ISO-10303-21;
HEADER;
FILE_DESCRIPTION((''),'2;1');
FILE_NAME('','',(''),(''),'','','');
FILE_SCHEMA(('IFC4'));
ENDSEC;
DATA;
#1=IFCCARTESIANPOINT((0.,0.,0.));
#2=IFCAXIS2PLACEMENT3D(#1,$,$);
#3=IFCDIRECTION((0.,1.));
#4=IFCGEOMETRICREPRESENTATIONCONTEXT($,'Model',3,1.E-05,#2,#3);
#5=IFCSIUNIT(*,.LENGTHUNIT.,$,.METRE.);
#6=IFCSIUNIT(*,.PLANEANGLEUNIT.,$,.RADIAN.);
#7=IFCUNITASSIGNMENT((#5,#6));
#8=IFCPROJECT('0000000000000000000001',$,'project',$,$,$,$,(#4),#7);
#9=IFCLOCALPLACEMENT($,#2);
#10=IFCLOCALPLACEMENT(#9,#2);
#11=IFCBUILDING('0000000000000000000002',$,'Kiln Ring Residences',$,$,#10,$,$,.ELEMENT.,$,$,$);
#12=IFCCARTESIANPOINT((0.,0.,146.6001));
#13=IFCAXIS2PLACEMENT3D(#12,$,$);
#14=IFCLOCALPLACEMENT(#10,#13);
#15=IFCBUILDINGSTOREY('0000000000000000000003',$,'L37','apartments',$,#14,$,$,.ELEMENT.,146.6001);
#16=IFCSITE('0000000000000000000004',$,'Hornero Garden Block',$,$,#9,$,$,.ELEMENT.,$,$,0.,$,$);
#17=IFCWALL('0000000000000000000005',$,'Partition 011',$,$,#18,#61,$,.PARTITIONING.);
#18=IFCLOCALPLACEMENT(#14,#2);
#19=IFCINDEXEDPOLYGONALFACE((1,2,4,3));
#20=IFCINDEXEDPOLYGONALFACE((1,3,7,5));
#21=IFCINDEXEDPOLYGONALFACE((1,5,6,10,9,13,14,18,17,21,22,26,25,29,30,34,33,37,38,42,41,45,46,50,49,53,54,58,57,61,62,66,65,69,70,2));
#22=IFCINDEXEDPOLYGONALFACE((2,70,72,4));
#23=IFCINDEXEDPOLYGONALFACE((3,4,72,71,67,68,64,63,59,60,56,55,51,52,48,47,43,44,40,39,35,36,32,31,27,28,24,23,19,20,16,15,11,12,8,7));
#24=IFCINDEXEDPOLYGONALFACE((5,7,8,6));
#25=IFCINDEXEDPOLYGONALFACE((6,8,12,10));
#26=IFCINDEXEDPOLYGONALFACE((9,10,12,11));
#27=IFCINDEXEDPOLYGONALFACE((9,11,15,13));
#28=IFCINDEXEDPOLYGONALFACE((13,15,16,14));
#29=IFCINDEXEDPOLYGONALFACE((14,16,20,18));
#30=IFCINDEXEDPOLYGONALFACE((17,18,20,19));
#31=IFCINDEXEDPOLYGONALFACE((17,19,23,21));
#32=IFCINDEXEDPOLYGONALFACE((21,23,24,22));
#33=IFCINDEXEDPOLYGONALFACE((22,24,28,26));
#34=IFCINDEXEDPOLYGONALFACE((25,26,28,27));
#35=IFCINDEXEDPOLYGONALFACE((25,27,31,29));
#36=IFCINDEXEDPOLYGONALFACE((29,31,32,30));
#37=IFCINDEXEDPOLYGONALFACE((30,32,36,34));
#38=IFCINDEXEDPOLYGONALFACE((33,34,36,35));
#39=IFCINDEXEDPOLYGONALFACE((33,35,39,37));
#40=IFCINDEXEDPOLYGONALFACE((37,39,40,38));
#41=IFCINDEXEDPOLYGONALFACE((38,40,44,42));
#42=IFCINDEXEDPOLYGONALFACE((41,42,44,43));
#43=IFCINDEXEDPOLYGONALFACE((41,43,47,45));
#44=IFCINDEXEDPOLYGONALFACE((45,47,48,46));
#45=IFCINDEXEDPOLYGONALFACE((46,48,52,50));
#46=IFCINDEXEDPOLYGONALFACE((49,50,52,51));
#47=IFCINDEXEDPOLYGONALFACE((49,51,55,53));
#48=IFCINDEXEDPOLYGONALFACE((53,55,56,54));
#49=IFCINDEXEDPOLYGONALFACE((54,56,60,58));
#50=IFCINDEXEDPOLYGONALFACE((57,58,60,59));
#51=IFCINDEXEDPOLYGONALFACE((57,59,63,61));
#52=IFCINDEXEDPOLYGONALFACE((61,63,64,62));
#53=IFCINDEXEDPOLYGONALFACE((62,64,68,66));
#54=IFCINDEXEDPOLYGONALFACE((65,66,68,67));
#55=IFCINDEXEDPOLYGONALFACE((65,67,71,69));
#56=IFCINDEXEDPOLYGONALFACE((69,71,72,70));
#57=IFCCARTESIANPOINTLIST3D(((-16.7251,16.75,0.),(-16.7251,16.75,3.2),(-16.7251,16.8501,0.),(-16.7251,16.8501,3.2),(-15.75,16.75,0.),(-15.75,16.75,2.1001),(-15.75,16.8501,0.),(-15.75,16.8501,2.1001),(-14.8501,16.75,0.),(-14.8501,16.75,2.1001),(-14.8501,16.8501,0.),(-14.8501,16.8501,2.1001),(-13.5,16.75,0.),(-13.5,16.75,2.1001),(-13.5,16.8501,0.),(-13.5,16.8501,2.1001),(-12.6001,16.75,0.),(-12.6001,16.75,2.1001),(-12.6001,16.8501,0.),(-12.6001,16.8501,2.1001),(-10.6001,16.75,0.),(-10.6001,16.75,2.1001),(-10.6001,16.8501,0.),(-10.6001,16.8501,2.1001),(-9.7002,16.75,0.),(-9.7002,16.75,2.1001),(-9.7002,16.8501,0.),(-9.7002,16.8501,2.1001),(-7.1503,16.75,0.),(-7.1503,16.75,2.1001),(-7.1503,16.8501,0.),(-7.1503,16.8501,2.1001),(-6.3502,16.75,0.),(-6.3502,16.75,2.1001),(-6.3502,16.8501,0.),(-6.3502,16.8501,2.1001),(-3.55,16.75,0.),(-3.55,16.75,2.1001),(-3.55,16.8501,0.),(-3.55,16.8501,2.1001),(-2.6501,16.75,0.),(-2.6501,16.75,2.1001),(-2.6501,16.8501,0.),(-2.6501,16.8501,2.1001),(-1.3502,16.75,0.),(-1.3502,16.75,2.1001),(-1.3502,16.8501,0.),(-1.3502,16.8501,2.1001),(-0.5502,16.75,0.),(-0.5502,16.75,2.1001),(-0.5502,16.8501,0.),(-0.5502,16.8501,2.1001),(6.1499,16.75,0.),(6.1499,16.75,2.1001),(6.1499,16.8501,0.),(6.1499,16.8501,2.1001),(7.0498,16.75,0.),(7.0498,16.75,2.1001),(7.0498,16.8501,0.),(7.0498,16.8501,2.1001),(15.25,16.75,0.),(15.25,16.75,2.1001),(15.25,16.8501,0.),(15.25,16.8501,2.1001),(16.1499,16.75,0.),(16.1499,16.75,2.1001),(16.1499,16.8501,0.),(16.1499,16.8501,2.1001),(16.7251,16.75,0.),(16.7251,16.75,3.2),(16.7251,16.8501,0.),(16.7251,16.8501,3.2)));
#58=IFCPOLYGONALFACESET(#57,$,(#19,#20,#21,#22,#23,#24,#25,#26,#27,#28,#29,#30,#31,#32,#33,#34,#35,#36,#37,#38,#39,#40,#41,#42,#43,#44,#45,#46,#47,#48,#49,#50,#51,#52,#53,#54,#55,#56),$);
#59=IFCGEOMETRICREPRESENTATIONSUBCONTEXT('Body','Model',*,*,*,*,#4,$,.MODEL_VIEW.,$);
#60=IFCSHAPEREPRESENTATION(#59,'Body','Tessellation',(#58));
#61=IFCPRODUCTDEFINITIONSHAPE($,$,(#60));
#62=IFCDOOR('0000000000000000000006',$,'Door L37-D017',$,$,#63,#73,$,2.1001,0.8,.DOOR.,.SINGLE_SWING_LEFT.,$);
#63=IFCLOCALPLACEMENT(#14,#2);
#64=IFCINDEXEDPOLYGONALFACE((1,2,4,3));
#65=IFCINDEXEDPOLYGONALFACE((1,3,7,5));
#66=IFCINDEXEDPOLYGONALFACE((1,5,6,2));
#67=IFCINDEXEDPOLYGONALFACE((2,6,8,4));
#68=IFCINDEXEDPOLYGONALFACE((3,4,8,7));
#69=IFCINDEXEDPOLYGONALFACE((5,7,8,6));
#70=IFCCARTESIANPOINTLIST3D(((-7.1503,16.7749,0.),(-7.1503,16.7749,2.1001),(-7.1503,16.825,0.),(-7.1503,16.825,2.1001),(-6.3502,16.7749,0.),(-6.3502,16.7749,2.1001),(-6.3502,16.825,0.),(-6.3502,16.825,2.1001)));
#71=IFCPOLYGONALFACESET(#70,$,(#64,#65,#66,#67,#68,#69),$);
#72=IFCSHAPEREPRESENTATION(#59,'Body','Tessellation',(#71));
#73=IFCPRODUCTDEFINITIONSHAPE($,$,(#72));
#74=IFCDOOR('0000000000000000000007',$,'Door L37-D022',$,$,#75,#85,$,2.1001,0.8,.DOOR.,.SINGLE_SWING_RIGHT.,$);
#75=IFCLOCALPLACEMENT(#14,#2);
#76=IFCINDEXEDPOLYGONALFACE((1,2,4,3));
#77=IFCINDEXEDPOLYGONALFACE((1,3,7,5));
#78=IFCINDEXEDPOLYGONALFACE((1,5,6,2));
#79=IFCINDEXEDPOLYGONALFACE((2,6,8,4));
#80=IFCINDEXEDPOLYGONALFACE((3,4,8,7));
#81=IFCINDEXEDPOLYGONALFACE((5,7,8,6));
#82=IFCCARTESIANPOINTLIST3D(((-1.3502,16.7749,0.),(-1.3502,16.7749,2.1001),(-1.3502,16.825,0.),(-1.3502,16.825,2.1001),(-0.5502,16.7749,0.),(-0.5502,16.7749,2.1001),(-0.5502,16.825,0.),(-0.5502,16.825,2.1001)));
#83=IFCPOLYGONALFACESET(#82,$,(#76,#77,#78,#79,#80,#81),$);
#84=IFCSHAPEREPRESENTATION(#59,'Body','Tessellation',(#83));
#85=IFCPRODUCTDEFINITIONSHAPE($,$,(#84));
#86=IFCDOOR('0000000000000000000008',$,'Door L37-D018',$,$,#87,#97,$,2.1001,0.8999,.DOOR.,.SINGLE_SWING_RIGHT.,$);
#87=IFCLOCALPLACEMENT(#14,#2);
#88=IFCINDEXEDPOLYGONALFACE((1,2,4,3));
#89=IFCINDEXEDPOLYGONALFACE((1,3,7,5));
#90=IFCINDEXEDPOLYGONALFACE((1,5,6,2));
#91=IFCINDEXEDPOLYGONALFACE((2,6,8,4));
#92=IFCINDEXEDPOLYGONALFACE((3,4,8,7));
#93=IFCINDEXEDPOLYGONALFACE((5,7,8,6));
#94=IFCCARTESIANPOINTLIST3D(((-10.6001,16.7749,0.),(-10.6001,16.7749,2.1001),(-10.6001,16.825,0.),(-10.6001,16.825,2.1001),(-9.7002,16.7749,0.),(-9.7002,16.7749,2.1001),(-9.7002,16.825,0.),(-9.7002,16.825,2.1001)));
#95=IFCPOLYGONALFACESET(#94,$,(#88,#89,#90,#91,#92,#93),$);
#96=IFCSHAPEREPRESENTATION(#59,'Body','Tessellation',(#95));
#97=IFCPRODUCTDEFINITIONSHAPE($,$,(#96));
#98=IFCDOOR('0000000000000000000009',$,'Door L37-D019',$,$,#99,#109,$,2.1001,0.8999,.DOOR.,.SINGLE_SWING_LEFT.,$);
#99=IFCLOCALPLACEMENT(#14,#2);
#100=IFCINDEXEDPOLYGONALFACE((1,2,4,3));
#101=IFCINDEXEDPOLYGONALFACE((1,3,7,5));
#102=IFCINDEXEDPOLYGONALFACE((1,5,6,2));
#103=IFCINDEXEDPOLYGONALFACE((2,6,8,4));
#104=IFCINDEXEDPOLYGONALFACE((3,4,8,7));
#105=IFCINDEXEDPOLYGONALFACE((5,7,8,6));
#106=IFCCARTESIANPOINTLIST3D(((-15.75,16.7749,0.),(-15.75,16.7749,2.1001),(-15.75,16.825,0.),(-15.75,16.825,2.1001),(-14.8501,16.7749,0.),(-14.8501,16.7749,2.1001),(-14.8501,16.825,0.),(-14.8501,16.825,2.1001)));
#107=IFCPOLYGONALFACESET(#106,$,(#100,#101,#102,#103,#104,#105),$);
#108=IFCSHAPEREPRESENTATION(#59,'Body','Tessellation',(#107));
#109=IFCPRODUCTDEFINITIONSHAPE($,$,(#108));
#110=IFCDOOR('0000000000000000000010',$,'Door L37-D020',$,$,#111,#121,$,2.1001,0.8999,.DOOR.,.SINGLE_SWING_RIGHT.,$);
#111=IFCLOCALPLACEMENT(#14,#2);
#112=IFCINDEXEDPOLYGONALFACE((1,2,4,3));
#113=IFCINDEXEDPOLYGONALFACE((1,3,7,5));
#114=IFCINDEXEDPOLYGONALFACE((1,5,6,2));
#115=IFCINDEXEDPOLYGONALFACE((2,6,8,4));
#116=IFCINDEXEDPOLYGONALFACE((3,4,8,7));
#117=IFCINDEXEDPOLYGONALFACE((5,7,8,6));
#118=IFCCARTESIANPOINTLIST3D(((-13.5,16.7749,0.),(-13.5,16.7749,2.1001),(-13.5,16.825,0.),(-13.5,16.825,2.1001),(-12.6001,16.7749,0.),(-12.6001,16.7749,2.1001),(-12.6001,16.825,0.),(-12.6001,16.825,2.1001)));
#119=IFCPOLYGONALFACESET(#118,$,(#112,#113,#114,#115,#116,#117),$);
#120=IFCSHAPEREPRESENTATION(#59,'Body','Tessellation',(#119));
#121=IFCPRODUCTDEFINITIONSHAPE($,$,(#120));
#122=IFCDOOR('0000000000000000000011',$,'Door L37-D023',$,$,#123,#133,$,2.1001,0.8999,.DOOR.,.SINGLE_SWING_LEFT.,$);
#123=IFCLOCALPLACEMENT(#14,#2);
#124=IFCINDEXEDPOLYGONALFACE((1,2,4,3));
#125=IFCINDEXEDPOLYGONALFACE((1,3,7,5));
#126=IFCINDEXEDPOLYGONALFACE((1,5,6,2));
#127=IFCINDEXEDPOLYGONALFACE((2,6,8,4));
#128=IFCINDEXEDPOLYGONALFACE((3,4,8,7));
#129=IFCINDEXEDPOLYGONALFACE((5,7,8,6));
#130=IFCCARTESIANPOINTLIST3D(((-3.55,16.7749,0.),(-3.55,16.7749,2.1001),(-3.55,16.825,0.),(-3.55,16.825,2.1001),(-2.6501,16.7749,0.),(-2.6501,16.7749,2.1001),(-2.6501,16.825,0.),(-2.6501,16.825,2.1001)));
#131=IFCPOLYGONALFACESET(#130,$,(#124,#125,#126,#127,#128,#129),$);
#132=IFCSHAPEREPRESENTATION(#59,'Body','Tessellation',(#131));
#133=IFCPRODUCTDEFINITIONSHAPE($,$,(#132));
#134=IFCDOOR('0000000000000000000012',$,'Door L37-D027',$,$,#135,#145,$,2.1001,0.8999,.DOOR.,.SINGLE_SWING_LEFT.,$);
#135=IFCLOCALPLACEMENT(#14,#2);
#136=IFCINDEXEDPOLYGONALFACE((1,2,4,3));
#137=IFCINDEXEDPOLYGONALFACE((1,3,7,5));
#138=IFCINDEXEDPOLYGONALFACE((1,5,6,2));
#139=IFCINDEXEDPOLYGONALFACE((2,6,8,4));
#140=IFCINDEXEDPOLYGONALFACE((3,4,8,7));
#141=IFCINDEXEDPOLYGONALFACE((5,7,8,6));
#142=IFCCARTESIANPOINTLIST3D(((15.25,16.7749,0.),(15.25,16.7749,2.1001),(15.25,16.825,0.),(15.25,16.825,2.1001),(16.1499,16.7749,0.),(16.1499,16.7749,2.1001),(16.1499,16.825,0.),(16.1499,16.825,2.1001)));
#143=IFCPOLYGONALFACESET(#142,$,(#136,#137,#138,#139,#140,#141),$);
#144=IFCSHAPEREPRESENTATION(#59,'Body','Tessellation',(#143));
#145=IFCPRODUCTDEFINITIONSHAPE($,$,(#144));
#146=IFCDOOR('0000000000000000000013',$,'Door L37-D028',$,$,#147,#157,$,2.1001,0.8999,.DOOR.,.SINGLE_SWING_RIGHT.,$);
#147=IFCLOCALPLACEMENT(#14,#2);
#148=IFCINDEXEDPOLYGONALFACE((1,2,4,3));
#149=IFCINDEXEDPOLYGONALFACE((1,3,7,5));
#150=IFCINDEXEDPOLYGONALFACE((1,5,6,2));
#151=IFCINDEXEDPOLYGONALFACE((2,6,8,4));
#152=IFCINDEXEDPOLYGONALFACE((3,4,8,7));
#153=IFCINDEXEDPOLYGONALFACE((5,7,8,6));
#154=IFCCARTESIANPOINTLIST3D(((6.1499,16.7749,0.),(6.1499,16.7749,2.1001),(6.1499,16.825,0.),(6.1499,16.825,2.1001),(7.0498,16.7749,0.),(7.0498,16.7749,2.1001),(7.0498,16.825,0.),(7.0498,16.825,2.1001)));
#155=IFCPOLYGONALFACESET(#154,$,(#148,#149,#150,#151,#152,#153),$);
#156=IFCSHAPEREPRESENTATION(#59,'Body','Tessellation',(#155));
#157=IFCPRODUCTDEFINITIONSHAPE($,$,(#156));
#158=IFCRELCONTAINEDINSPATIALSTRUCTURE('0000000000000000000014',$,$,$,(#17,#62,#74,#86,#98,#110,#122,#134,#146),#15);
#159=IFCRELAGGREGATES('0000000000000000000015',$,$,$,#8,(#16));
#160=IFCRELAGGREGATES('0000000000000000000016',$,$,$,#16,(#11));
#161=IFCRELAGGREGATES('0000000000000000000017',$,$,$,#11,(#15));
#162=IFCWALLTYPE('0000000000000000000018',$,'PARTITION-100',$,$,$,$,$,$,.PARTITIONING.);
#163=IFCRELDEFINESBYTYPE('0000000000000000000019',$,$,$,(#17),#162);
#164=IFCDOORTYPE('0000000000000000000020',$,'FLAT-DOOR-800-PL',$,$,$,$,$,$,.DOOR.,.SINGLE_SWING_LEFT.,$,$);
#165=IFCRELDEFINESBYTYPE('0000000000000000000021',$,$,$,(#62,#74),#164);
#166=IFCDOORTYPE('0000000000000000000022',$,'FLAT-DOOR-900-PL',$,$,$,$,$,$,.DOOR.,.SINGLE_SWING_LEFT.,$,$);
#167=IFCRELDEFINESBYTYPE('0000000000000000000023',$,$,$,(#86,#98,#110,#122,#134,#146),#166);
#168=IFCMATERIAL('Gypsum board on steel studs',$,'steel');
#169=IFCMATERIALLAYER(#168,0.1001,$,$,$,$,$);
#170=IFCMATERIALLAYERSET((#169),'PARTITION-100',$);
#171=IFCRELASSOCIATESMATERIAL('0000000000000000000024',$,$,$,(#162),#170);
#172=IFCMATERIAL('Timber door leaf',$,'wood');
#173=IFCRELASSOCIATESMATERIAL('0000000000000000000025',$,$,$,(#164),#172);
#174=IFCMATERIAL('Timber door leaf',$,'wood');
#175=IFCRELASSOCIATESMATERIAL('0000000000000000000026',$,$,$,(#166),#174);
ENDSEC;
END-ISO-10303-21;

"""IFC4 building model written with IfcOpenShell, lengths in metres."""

from ifc_helpers import new_model, si_unit, direction, frame, frame_2d, origin, place, context, subcontext, project, spatial, rectangle, extrude, material, layer, layer_set, type_object, element, fill, save


model = new_model("IFC4")

# Units and contexts
model_context = context("Model", 3, precision=1e-05, world=origin(), true_north=direction((0.0, 1.0)))
body_context = subcontext(model_context, "Body", "Model", "MODEL_VIEW")
ifc_project = project(units=[si_unit("LENGTHUNIT", "METRE"), si_unit("PLANEANGLEUNIT", "RADIAN")], contexts=[model_context])

# Site, building, storey
site_placement = place(None, origin())
site = spatial("IfcSite", under=ifc_project, at=site_placement, Name="Hornero Garden Block", CompositionType="ELEMENT", RefElevation=0.0)
building_placement = place(site_placement, origin())
building = spatial("IfcBuilding", under=site, at=building_placement, Name="Kiln Ring Residences", CompositionType="ELEMENT")
storey_placement = place(building_placement, frame((0.0, 0.0, 146.6001)))
storey = spatial("IfcBuildingStorey", under=building, at=storey_placement, Name="L37", Description="apartments", CompositionType="ELEMENT", Elevation=146.6001)

# Wall, openings, doors
ifc_material_1 = material(Name="Gypsum board on steel studs", Category="steel")
ifc_layer_1 = layer(ifc_material_1, 0.1001)
ifc_layer_set_1 = layer_set([ifc_layer_1], Name="PARTITION-100")
wall_type_1 = type_object("IfcWallType", Name="PARTITION-100", PredefinedType="PARTITIONING", material=ifc_layer_set_1)
wall_1_placement = place(storey_placement, frame((-16.7251, 16.8, 0.0), z_axis=(0.0, 0.0, 1.0), x_axis=(1.0, 0.0, 0.0)))
wall_1 = element("IfcWall", 1, at=wall_1_placement, inside=storey, type_object=wall_type_1, Name="Partition 011", PredefinedType="PARTITIONING", context=body_context, shape_type="SweptSolid", body=[
    extrude(rectangle(XDim=33.4502, YDim=0.1001, at=frame_2d((16.7251, 0.0))), origin(), (0.0, 0.0, 1.0), 3.2),
])
opening_1_placement = place(wall_1_placement, frame((9.575, 0.0, 0.0)))
opening_1 = element("IfcOpeningElement", 2, at=opening_1_placement, cuts=wall_1, PredefinedType="OPENING", context=body_context, shape_type="SweptSolid", body=[
    extrude(rectangle(XDim=0.8, YDim=2.1001, at=frame_2d((0.3999, 1.05))), frame((0.0, 0.0601, 0.0), z_axis=(0.0, -1.0, 0.0), x_axis=(1.0, 0.0, 0.0)), (0.0, 0.0, 1.0), 0.1201),
])
opening_2_placement = place(wall_1_placement, frame((6.125, 0.0, 0.0)))
opening_2 = element("IfcOpeningElement", 3, at=opening_2_placement, cuts=wall_1, PredefinedType="OPENING", context=body_context, shape_type="SweptSolid", body=[
    extrude(rectangle(XDim=0.8999, YDim=2.1001, at=frame_2d((0.45, 1.05))), frame((0.0, 0.0601, 0.0), z_axis=(0.0, -1.0, 0.0), x_axis=(1.0, 0.0, 0.0)), (0.0, 0.0, 1.0), 0.1201),
])
opening_3_placement = place(wall_1_placement, frame((0.9751, 0.0, 0.0)))
opening_3 = element("IfcOpeningElement", 4, at=opening_3_placement, cuts=wall_1, PredefinedType="OPENING", context=body_context, shape_type="SweptSolid", body=[
    extrude(rectangle(XDim=0.8999, YDim=2.1001, at=frame_2d((0.45, 1.05))), frame((0.0, 0.0601, 0.0), z_axis=(0.0, -1.0, 0.0), x_axis=(1.0, 0.0, 0.0)), (0.0, 0.0, 1.0), 0.1201),
])
opening_4_placement = place(wall_1_placement, frame((3.2251, 0.0, 0.0)))
opening_4 = element("IfcOpeningElement", 5, at=opening_4_placement, cuts=wall_1, PredefinedType="OPENING", context=body_context, shape_type="SweptSolid", body=[
    extrude(rectangle(XDim=0.8999, YDim=2.1001, at=frame_2d((0.45, 1.05))), frame((0.0, 0.0601, 0.0), z_axis=(0.0, -1.0, 0.0), x_axis=(1.0, 0.0, 0.0)), (0.0, 0.0, 1.0), 0.1201),
])
opening_5_placement = place(wall_1_placement, frame((15.375, 0.0, 0.0)))
opening_5 = element("IfcOpeningElement", 6, at=opening_5_placement, cuts=wall_1, PredefinedType="OPENING", context=body_context, shape_type="SweptSolid", body=[
    extrude(rectangle(XDim=0.8, YDim=2.1001, at=frame_2d((0.3999, 1.05))), frame((0.0, 0.0601, 0.0), z_axis=(0.0, -1.0, 0.0), x_axis=(1.0, 0.0, 0.0)), (0.0, 0.0, 1.0), 0.1201),
])
opening_6_placement = place(wall_1_placement, frame((13.175, 0.0, 0.0)))
opening_6 = element("IfcOpeningElement", 7, at=opening_6_placement, cuts=wall_1, PredefinedType="OPENING", context=body_context, shape_type="SweptSolid", body=[
    extrude(rectangle(XDim=0.8999, YDim=2.1001, at=frame_2d((0.45, 1.05))), frame((0.0, 0.0601, 0.0), z_axis=(0.0, -1.0, 0.0), x_axis=(1.0, 0.0, 0.0)), (0.0, 0.0, 1.0), 0.1201),
])
opening_7_placement = place(wall_1_placement, frame((31.9751, 0.0, 0.0)))
opening_7 = element("IfcOpeningElement", 8, at=opening_7_placement, cuts=wall_1, PredefinedType="OPENING", context=body_context, shape_type="SweptSolid", body=[
    extrude(rectangle(XDim=0.8999, YDim=2.1001, at=frame_2d((0.45, 1.05))), frame((0.0, 0.0601, 0.0), z_axis=(0.0, -1.0, 0.0), x_axis=(1.0, 0.0, 0.0)), (0.0, 0.0, 1.0), 0.1201),
])
opening_8_placement = place(wall_1_placement, frame((22.875, 0.0, 0.0)))
opening_8 = element("IfcOpeningElement", 9, at=opening_8_placement, cuts=wall_1, PredefinedType="OPENING", context=body_context, shape_type="SweptSolid", body=[
    extrude(rectangle(XDim=0.8999, YDim=2.1001, at=frame_2d((0.45, 1.05))), frame((0.0, 0.0601, 0.0), z_axis=(0.0, -1.0, 0.0), x_axis=(1.0, 0.0, 0.0)), (0.0, 0.0, 1.0), 0.1201),
])
ifc_material_2 = material(Name="Timber door leaf", Category="wood")
door_type_1 = type_object("IfcDoorType", Name="FLAT-DOOR-800-PL", OperationType="SINGLE_SWING_LEFT", PredefinedType="DOOR", material=ifc_material_2)
door_1_placement = place(opening_1_placement, origin())
door_1 = element("IfcDoor", 10, at=door_1_placement, inside=storey, type_object=door_type_1, Name="Door L37-D017", OperationType="SINGLE_SWING_LEFT", OverallHeight=2.1001, OverallWidth=0.8, PredefinedType="DOOR", context=body_context, shape_type="SweptSolid", body=[
    extrude(rectangle(XDim=0.8, YDim=2.1001, at=frame_2d((0.3999, 1.05))), frame((0.0, 0.0249, 0.0), z_axis=(0.0, -1.0, 0.0), x_axis=(1.0, 0.0, 0.0)), (0.0, 0.0, 1.0), 0.05),
])
fill(opening_1, door_1)
door_2_placement = place(opening_5_placement, origin())
door_2 = element("IfcDoor", 11, at=door_2_placement, inside=storey, type_object=door_type_1, Name="Door L37-D022", OperationType="SINGLE_SWING_RIGHT", OverallHeight=2.1001, OverallWidth=0.8, PredefinedType="DOOR", context=body_context, shape_type="SweptSolid", body=[
    extrude(rectangle(XDim=0.8, YDim=2.1001, at=frame_2d((0.3999, 1.05))), frame((0.0, 0.0249, 0.0), z_axis=(0.0, -1.0, 0.0), x_axis=(1.0, 0.0, 0.0)), (0.0, 0.0, 1.0), 0.05),
])
fill(opening_5, door_2)
ifc_material_3 = material(Name="Timber door leaf", Category="wood")
door_type_2 = type_object("IfcDoorType", Name="FLAT-DOOR-900-PL", OperationType="SINGLE_SWING_LEFT", PredefinedType="DOOR", material=ifc_material_3)
door_3_placement = place(opening_2_placement, origin())
door_3 = element("IfcDoor", 12, at=door_3_placement, inside=storey, type_object=door_type_2, Name="Door L37-D018", OperationType="SINGLE_SWING_RIGHT", OverallHeight=2.1001, OverallWidth=0.8999, PredefinedType="DOOR", context=body_context, shape_type="SweptSolid", body=[
    extrude(rectangle(XDim=0.8999, YDim=2.1001, at=frame_2d((0.45, 1.05))), frame((0.0, 0.0249, 0.0), z_axis=(0.0, -1.0, 0.0), x_axis=(1.0, 0.0, 0.0)), (0.0, 0.0, 1.0), 0.05),
])
fill(opening_2, door_3)
door_4_placement = place(opening_3_placement, origin())
door_4 = element("IfcDoor", 13, at=door_4_placement, inside=storey, type_object=door_type_2, Name="Door L37-D019", OperationType="SINGLE_SWING_LEFT", OverallHeight=2.1001, OverallWidth=0.8999, PredefinedType="DOOR", context=body_context, shape_type="SweptSolid", body=[
    extrude(rectangle(XDim=0.8999, YDim=2.1001, at=frame_2d((0.45, 1.05))), frame((0.0, 0.0249, 0.0), z_axis=(0.0, -1.0, 0.0), x_axis=(1.0, 0.0, 0.0)), (0.0, 0.0, 1.0), 0.05),
])
fill(opening_3, door_4)
door_5_placement = place(opening_4_placement, origin())
door_5 = element("IfcDoor", 14, at=door_5_placement, inside=storey, type_object=door_type_2, Name="Door L37-D020", OperationType="SINGLE_SWING_RIGHT", OverallHeight=2.1001, OverallWidth=0.8999, PredefinedType="DOOR", context=body_context, shape_type="SweptSolid", body=[
    extrude(rectangle(XDim=0.8999, YDim=2.1001, at=frame_2d((0.45, 1.05))), frame((0.0, 0.0249, 0.0), z_axis=(0.0, -1.0, 0.0), x_axis=(1.0, 0.0, 0.0)), (0.0, 0.0, 1.0), 0.05),
])
fill(opening_4, door_5)
door_6_placement = place(opening_6_placement, origin())
door_6 = element("IfcDoor", 15, at=door_6_placement, inside=storey, type_object=door_type_2, Name="Door L37-D023", OperationType="SINGLE_SWING_LEFT", OverallHeight=2.1001, OverallWidth=0.8999, PredefinedType="DOOR", context=body_context, shape_type="SweptSolid", body=[
    extrude(rectangle(XDim=0.8999, YDim=2.1001, at=frame_2d((0.45, 1.05))), frame((0.0, 0.0249, 0.0), z_axis=(0.0, -1.0, 0.0), x_axis=(1.0, 0.0, 0.0)), (0.0, 0.0, 1.0), 0.05),
])
fill(opening_6, door_6)
door_7_placement = place(opening_7_placement, origin())
door_7 = element("IfcDoor", 16, at=door_7_placement, inside=storey, type_object=door_type_2, Name="Door L37-D027", OperationType="SINGLE_SWING_LEFT", OverallHeight=2.1001, OverallWidth=0.8999, PredefinedType="DOOR", context=body_context, shape_type="SweptSolid", body=[
    extrude(rectangle(XDim=0.8999, YDim=2.1001, at=frame_2d((0.45, 1.05))), frame((0.0, 0.0249, 0.0), z_axis=(0.0, -1.0, 0.0), x_axis=(1.0, 0.0, 0.0)), (0.0, 0.0, 1.0), 0.05),
])
fill(opening_7, door_7)
door_8_placement = place(opening_8_placement, origin())
door_8 = element("IfcDoor", 17, at=door_8_placement, inside=storey, type_object=door_type_2, Name="Door L37-D028", OperationType="SINGLE_SWING_RIGHT", OverallHeight=2.1001, OverallWidth=0.8999, PredefinedType="DOOR", context=body_context, shape_type="SweptSolid", body=[
    extrude(rectangle(XDim=0.8999, YDim=2.1001, at=frame_2d((0.45, 1.05))), frame((0.0, 0.0249, 0.0), z_axis=(0.0, -1.0, 0.0), x_axis=(1.0, 0.0, 0.0)), (0.0, 0.0, 1.0), 0.05),
])
fill(opening_8, door_8)

save(model, "model.ifc")
